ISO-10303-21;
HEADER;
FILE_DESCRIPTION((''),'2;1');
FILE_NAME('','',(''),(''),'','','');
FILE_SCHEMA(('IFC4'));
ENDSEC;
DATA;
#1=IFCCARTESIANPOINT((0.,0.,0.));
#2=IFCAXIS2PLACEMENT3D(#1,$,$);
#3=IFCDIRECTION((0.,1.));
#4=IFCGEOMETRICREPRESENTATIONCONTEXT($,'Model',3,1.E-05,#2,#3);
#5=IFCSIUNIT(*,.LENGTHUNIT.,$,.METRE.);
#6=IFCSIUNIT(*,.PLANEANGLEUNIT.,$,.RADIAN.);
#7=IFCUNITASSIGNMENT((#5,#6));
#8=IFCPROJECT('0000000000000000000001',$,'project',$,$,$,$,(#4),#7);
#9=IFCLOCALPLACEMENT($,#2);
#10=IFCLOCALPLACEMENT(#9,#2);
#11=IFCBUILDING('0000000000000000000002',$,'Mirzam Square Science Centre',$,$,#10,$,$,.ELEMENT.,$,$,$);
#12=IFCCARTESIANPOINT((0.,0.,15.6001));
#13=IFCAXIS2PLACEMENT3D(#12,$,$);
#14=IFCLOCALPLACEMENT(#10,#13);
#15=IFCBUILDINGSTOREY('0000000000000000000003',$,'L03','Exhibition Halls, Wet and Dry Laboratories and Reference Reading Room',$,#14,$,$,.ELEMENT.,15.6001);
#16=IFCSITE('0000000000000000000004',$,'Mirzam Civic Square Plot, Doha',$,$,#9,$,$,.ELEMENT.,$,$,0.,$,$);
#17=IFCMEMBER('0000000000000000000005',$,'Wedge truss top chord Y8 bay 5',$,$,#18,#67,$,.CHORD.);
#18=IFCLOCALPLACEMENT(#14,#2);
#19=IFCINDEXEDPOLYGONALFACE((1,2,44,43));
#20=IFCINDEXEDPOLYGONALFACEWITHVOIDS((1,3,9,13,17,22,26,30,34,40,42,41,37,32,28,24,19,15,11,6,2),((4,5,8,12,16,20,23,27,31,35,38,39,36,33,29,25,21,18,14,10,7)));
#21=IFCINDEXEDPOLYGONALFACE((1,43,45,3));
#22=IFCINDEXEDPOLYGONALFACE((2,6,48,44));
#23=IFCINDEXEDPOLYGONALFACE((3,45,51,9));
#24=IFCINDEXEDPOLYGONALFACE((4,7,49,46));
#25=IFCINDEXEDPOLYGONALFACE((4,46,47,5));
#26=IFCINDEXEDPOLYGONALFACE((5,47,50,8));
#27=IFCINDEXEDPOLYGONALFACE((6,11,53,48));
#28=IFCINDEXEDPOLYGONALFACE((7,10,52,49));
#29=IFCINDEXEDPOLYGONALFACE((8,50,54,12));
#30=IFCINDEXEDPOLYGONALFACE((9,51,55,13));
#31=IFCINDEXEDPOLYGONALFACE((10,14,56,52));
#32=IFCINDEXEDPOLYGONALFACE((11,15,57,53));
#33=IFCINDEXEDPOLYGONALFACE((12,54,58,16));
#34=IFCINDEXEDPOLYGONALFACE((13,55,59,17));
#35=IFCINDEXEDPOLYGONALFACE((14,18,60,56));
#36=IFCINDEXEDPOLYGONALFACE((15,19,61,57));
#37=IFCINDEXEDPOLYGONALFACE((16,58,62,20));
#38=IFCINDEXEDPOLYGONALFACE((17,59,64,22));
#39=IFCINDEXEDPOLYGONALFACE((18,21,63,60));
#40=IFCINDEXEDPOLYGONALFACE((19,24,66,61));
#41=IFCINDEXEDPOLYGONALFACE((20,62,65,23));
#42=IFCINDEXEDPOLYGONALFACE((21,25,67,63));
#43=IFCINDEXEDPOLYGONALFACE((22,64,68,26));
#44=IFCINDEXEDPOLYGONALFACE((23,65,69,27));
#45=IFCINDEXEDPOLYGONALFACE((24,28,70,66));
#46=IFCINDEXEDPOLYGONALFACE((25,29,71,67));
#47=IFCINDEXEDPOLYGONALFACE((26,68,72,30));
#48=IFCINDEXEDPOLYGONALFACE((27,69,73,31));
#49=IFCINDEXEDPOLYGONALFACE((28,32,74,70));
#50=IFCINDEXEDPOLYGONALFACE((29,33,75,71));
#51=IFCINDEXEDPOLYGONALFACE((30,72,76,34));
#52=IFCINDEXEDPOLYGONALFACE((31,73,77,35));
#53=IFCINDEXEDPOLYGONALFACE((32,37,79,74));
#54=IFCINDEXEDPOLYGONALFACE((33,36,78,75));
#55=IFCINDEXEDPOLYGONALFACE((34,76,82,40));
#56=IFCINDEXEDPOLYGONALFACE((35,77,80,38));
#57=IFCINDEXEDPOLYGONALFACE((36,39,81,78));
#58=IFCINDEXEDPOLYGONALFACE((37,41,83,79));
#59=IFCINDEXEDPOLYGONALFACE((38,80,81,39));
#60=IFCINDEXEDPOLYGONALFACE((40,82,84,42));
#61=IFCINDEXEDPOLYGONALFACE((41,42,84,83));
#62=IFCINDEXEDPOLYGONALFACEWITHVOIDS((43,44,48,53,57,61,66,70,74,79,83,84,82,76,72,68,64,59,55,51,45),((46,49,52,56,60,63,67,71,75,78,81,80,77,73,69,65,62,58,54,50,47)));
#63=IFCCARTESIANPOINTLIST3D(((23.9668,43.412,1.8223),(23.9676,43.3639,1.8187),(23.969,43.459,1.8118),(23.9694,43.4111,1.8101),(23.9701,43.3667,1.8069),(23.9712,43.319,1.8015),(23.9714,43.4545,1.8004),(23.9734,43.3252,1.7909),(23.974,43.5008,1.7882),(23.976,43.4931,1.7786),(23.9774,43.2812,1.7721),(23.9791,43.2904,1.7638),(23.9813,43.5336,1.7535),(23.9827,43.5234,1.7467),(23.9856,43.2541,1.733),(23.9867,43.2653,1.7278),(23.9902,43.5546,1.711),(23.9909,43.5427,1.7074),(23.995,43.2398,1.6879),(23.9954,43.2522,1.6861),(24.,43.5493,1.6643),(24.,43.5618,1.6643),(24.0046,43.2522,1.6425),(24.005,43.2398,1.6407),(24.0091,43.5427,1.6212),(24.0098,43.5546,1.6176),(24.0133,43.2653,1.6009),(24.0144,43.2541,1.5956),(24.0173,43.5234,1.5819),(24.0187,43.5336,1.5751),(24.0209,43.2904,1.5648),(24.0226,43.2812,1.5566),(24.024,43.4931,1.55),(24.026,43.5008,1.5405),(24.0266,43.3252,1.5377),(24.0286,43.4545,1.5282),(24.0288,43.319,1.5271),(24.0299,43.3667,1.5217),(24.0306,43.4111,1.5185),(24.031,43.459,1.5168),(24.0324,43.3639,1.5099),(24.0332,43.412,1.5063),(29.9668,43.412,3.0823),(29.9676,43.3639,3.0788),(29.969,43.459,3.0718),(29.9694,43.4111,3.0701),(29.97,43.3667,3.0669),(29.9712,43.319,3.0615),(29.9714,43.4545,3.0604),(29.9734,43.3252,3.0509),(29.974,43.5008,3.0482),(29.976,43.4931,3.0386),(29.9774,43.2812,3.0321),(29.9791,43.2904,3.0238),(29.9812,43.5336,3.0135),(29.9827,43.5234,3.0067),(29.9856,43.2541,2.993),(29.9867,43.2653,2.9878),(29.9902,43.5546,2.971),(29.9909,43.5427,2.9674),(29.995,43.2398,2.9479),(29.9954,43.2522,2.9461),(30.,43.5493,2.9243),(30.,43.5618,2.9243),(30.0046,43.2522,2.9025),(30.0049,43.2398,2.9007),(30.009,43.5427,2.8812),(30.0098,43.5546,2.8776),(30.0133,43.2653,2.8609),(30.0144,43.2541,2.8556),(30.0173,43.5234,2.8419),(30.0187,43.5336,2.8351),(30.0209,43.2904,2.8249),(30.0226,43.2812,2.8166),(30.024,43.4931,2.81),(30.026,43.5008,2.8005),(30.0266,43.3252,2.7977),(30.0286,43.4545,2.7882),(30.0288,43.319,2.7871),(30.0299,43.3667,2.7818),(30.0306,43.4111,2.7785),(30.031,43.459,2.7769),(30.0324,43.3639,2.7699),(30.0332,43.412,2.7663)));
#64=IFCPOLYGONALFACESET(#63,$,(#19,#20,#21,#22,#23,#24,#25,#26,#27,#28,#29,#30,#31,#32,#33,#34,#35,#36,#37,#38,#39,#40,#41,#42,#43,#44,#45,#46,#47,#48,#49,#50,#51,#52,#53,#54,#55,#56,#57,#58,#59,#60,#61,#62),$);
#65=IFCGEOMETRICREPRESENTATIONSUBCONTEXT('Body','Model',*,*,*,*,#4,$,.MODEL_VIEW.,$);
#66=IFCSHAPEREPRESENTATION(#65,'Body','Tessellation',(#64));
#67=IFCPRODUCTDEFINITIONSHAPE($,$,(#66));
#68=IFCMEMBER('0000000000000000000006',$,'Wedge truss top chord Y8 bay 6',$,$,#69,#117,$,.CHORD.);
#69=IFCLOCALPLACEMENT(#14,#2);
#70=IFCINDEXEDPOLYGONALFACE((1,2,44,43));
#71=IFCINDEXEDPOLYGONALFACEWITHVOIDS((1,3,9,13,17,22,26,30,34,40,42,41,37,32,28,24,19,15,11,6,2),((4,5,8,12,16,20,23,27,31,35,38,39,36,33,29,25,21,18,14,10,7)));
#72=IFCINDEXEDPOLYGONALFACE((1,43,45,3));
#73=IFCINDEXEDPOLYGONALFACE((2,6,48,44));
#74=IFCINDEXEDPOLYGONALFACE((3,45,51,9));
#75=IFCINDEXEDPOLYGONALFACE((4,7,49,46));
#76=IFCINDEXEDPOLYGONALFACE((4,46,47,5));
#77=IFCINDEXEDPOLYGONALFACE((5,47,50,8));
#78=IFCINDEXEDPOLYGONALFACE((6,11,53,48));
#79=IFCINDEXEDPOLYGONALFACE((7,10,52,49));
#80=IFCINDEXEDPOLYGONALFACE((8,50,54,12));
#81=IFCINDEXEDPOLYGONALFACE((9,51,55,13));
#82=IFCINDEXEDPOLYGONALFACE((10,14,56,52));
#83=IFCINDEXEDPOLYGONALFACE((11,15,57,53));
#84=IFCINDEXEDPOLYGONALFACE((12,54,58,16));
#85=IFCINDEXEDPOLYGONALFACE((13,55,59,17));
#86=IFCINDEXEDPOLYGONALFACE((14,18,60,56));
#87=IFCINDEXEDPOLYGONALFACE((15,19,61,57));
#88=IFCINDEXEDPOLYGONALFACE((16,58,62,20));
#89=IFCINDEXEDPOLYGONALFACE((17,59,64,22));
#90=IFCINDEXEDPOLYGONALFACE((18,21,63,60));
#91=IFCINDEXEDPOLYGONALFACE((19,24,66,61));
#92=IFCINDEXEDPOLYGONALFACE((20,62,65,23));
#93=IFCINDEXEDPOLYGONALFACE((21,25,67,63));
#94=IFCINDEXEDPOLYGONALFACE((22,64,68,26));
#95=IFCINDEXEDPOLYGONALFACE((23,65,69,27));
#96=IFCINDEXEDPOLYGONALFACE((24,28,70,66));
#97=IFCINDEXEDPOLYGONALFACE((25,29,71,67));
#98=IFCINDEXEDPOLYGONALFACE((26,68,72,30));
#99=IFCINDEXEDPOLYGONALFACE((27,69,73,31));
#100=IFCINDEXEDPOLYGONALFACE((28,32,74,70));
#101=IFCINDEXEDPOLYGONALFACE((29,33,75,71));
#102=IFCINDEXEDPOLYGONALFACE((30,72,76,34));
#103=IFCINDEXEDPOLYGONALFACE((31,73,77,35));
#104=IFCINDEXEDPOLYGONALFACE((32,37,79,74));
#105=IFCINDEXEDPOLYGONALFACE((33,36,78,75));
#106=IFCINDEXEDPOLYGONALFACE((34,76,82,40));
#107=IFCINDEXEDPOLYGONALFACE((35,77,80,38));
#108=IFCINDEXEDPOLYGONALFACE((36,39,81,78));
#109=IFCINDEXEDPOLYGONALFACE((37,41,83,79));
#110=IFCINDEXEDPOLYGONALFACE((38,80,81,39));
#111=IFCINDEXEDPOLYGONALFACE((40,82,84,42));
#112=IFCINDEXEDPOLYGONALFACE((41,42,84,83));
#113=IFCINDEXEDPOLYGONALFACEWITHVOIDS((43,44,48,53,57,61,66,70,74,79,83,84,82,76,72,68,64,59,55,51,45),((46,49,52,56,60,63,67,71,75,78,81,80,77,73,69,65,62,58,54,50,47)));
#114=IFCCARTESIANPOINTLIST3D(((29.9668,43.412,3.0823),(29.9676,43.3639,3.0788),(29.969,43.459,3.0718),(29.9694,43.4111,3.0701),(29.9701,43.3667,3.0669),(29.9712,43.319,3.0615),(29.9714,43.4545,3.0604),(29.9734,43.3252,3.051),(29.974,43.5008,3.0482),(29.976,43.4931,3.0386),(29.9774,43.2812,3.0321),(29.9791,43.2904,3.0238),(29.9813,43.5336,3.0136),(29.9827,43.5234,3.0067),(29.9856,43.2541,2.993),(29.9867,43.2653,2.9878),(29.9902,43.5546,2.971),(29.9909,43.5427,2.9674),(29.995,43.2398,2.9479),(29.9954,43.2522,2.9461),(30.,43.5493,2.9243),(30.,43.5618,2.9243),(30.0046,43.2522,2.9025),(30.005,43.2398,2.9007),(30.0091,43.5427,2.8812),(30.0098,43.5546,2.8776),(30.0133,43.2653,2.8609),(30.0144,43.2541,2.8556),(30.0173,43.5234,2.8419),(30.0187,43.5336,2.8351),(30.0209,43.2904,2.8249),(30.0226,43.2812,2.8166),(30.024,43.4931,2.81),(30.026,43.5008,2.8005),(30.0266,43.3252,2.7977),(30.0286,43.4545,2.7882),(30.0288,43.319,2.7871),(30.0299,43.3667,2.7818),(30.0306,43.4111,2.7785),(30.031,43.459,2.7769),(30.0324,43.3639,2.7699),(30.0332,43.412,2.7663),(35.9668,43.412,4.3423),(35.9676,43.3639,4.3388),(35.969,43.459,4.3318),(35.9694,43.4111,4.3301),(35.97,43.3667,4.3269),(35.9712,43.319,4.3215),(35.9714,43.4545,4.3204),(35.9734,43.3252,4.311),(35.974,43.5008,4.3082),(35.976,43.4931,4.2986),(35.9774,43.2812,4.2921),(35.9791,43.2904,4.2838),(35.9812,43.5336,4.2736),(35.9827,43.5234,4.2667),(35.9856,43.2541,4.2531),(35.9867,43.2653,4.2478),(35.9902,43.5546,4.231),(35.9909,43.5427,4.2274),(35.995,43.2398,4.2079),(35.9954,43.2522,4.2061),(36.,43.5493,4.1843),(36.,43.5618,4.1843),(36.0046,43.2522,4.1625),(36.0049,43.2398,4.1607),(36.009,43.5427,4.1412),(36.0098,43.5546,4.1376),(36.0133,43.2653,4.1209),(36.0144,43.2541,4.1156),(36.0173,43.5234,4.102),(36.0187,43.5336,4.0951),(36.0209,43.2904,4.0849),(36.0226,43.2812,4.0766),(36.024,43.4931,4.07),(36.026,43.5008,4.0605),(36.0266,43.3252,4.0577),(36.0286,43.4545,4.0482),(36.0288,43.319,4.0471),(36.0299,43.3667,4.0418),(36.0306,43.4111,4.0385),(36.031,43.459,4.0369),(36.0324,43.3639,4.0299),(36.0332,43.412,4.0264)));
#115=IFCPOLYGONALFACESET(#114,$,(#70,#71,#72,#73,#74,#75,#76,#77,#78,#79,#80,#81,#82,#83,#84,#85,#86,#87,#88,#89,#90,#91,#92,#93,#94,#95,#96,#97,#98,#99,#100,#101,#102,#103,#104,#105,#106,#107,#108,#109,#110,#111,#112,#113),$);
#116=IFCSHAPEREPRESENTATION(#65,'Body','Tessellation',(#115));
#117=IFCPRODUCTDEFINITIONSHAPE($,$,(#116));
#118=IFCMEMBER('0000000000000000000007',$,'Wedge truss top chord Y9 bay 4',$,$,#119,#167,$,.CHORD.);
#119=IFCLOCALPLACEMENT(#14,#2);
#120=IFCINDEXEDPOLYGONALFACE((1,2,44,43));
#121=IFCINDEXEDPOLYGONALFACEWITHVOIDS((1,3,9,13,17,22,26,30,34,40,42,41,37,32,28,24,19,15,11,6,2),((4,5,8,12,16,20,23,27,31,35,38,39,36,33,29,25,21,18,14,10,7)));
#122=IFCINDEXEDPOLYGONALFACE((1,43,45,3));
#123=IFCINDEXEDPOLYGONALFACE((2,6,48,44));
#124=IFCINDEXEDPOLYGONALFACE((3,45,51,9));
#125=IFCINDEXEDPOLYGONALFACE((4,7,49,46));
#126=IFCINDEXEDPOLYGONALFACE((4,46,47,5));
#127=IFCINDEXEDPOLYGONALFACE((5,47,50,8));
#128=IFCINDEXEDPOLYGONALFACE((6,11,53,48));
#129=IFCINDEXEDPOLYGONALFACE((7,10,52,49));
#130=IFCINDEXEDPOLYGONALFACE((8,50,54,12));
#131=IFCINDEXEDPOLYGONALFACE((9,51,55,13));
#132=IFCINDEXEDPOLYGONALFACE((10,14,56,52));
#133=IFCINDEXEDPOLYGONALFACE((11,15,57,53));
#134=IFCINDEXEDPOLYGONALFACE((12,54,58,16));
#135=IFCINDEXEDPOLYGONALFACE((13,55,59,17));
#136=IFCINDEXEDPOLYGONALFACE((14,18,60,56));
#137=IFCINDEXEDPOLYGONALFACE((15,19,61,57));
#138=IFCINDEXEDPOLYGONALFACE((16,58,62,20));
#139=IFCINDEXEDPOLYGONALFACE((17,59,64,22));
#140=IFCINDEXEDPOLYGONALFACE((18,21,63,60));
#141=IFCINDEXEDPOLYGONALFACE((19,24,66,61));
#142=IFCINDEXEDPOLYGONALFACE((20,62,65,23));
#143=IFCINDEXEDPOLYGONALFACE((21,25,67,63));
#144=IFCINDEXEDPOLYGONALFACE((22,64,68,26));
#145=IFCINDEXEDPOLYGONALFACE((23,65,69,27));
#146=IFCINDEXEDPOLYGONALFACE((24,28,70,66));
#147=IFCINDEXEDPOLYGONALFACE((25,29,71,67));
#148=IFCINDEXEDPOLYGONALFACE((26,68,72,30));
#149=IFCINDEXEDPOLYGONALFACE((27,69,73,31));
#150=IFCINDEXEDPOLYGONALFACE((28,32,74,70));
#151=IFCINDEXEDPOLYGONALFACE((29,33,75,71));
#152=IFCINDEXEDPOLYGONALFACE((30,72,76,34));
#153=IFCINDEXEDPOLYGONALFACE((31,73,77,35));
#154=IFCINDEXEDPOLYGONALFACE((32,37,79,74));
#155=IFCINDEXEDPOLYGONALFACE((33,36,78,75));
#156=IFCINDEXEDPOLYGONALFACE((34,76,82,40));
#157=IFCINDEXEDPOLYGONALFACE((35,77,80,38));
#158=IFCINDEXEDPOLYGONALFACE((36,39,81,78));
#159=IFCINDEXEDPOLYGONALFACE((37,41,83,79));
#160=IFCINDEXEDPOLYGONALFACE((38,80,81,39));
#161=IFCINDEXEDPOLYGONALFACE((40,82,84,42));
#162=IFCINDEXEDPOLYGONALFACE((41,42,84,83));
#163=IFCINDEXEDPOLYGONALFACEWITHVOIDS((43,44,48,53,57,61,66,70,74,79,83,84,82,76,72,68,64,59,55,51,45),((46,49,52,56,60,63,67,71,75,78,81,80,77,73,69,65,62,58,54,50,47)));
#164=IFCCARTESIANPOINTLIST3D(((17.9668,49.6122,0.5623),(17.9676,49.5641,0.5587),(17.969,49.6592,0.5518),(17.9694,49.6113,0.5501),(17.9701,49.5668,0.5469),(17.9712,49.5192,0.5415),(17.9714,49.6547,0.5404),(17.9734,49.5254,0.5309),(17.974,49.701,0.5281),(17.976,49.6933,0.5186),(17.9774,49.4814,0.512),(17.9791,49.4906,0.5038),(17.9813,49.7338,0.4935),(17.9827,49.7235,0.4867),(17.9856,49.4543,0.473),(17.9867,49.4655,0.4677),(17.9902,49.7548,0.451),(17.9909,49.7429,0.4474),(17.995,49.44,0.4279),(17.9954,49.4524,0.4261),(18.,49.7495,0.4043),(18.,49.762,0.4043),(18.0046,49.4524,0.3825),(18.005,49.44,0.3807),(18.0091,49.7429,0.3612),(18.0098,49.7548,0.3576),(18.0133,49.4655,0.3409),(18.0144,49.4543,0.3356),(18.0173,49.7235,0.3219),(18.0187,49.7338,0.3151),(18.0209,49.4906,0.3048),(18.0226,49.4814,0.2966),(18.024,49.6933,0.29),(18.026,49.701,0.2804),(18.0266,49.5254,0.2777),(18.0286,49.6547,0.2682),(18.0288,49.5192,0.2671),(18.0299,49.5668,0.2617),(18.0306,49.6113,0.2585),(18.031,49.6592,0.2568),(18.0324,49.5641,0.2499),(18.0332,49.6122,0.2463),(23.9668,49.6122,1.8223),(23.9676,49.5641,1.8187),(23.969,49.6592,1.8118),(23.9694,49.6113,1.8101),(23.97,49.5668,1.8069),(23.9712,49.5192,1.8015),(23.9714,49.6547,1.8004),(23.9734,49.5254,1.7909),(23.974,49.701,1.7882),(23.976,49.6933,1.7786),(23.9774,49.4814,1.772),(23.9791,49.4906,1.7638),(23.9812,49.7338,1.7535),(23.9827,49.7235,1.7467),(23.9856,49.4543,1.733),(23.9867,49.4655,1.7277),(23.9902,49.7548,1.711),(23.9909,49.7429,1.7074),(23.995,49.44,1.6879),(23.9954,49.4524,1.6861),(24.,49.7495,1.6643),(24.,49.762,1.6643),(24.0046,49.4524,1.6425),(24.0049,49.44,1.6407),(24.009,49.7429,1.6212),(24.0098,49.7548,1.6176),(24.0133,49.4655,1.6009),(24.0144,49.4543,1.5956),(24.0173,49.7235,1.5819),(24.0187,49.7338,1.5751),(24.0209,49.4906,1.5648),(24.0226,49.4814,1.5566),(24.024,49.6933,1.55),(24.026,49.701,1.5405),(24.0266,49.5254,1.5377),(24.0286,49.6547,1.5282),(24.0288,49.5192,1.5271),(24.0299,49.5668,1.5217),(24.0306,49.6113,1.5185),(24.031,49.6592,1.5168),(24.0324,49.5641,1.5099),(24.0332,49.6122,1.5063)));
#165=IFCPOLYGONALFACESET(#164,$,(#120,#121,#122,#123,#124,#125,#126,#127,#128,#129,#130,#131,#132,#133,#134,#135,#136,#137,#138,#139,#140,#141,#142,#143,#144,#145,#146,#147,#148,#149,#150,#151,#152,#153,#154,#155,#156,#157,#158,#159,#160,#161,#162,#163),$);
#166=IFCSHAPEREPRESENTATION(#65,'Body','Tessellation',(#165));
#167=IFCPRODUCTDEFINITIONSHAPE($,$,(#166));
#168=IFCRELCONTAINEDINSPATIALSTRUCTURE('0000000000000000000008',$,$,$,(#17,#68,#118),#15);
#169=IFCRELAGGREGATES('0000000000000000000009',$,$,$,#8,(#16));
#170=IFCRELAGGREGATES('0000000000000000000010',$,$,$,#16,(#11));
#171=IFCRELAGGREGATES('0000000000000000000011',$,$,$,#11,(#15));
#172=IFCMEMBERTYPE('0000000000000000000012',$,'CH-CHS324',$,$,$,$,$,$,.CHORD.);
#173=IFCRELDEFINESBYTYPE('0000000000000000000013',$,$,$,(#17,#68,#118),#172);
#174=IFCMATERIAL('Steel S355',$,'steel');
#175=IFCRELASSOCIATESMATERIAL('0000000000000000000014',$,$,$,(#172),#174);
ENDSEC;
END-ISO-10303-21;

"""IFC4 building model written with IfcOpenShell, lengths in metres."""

from ifc_helpers import new_model, si_unit, direction, frame, origin, origin_2d, place, context, subcontext, project, spatial, hollow_circle, extrude, material, material_profile, profile_set, type_object, element, save


model = new_model("IFC4")

# Units and contexts
model_context = context("Model", 3, precision=1e-05, world=origin(), true_north=direction((0.0, 1.0)))
body_context = subcontext(model_context, "Body", "Model", "MODEL_VIEW")
ifc_project = project(units=[si_unit("LENGTHUNIT", "METRE"), si_unit("PLANEANGLEUNIT", "RADIAN")], contexts=[model_context])

# Site, building, storey
site_placement = place(None, origin())
site = spatial("IfcSite", under=ifc_project, at=site_placement, Name="Mirzam Civic Square Plot, Doha", CompositionType="ELEMENT", RefElevation=0.0)
building_placement = place(site_placement, origin())
building = spatial("IfcBuilding", under=site, at=building_placement, Name="Mirzam Square Science Centre", CompositionType="ELEMENT")
storey_placement = place(building_placement, frame((0.0, 0.0, 15.6001)))
storey = spatial("IfcBuildingStorey", under=building, at=storey_placement, Name="L03", Description="Exhibition Halls, Wet and Dry Laboratories and Reference Reading Room", CompositionType="ELEMENT", Elevation=15.6001)

# Members
ifc_material = material(Name="Steel S355", Category="steel")
ifc_material_profile_1 = material_profile(ifc_material, hollow_circle(Radius=0.1619, WallThickness=0.0125, at=origin_2d()), Name="323.9x12.5CHS")
ifc_profile_set_1 = profile_set([ifc_material_profile_1], Name="Steel S355")
member_type_1 = type_object("IfcMemberType", Name="CH-CHS324", PredefinedType="CHORD", material=ifc_profile_set_1)
for number, where, z_axis, x_axis, name in (
    (1, (24.0, 43.3999, 1.6643), (0.978653, 0.0, 0.205519), (0.0, 1.0, 0.0), "Wedge truss top chord Y8 bay 5"),
    (2, (30.0, 43.3999, 2.9243), (0.978653, 0.0, 0.205519), (0.0, 1.0, 0.0), "Wedge truss top chord Y8 bay 6"),
    (3, (18.0, 49.6001, 0.4043), (0.978653, 0.0, 0.205519), (0.0, 1.0, 0.0), "Wedge truss top chord Y9 bay 4"),
):
    element("IfcMember", number, at=place(storey_placement, frame(where, z_axis=z_axis, x_axis=x_axis)), inside=storey, type_object=member_type_1, Name=name, PredefinedType="CHORD", context=body_context, shape_type="SweptSolid", body=[
        extrude(hollow_circle(Radius=0.1619, WallThickness=0.0125, at=origin_2d()), origin(), (0.0, 0.0, 1.0), 6.1309),
    ])

save(model, "model.ifc")
